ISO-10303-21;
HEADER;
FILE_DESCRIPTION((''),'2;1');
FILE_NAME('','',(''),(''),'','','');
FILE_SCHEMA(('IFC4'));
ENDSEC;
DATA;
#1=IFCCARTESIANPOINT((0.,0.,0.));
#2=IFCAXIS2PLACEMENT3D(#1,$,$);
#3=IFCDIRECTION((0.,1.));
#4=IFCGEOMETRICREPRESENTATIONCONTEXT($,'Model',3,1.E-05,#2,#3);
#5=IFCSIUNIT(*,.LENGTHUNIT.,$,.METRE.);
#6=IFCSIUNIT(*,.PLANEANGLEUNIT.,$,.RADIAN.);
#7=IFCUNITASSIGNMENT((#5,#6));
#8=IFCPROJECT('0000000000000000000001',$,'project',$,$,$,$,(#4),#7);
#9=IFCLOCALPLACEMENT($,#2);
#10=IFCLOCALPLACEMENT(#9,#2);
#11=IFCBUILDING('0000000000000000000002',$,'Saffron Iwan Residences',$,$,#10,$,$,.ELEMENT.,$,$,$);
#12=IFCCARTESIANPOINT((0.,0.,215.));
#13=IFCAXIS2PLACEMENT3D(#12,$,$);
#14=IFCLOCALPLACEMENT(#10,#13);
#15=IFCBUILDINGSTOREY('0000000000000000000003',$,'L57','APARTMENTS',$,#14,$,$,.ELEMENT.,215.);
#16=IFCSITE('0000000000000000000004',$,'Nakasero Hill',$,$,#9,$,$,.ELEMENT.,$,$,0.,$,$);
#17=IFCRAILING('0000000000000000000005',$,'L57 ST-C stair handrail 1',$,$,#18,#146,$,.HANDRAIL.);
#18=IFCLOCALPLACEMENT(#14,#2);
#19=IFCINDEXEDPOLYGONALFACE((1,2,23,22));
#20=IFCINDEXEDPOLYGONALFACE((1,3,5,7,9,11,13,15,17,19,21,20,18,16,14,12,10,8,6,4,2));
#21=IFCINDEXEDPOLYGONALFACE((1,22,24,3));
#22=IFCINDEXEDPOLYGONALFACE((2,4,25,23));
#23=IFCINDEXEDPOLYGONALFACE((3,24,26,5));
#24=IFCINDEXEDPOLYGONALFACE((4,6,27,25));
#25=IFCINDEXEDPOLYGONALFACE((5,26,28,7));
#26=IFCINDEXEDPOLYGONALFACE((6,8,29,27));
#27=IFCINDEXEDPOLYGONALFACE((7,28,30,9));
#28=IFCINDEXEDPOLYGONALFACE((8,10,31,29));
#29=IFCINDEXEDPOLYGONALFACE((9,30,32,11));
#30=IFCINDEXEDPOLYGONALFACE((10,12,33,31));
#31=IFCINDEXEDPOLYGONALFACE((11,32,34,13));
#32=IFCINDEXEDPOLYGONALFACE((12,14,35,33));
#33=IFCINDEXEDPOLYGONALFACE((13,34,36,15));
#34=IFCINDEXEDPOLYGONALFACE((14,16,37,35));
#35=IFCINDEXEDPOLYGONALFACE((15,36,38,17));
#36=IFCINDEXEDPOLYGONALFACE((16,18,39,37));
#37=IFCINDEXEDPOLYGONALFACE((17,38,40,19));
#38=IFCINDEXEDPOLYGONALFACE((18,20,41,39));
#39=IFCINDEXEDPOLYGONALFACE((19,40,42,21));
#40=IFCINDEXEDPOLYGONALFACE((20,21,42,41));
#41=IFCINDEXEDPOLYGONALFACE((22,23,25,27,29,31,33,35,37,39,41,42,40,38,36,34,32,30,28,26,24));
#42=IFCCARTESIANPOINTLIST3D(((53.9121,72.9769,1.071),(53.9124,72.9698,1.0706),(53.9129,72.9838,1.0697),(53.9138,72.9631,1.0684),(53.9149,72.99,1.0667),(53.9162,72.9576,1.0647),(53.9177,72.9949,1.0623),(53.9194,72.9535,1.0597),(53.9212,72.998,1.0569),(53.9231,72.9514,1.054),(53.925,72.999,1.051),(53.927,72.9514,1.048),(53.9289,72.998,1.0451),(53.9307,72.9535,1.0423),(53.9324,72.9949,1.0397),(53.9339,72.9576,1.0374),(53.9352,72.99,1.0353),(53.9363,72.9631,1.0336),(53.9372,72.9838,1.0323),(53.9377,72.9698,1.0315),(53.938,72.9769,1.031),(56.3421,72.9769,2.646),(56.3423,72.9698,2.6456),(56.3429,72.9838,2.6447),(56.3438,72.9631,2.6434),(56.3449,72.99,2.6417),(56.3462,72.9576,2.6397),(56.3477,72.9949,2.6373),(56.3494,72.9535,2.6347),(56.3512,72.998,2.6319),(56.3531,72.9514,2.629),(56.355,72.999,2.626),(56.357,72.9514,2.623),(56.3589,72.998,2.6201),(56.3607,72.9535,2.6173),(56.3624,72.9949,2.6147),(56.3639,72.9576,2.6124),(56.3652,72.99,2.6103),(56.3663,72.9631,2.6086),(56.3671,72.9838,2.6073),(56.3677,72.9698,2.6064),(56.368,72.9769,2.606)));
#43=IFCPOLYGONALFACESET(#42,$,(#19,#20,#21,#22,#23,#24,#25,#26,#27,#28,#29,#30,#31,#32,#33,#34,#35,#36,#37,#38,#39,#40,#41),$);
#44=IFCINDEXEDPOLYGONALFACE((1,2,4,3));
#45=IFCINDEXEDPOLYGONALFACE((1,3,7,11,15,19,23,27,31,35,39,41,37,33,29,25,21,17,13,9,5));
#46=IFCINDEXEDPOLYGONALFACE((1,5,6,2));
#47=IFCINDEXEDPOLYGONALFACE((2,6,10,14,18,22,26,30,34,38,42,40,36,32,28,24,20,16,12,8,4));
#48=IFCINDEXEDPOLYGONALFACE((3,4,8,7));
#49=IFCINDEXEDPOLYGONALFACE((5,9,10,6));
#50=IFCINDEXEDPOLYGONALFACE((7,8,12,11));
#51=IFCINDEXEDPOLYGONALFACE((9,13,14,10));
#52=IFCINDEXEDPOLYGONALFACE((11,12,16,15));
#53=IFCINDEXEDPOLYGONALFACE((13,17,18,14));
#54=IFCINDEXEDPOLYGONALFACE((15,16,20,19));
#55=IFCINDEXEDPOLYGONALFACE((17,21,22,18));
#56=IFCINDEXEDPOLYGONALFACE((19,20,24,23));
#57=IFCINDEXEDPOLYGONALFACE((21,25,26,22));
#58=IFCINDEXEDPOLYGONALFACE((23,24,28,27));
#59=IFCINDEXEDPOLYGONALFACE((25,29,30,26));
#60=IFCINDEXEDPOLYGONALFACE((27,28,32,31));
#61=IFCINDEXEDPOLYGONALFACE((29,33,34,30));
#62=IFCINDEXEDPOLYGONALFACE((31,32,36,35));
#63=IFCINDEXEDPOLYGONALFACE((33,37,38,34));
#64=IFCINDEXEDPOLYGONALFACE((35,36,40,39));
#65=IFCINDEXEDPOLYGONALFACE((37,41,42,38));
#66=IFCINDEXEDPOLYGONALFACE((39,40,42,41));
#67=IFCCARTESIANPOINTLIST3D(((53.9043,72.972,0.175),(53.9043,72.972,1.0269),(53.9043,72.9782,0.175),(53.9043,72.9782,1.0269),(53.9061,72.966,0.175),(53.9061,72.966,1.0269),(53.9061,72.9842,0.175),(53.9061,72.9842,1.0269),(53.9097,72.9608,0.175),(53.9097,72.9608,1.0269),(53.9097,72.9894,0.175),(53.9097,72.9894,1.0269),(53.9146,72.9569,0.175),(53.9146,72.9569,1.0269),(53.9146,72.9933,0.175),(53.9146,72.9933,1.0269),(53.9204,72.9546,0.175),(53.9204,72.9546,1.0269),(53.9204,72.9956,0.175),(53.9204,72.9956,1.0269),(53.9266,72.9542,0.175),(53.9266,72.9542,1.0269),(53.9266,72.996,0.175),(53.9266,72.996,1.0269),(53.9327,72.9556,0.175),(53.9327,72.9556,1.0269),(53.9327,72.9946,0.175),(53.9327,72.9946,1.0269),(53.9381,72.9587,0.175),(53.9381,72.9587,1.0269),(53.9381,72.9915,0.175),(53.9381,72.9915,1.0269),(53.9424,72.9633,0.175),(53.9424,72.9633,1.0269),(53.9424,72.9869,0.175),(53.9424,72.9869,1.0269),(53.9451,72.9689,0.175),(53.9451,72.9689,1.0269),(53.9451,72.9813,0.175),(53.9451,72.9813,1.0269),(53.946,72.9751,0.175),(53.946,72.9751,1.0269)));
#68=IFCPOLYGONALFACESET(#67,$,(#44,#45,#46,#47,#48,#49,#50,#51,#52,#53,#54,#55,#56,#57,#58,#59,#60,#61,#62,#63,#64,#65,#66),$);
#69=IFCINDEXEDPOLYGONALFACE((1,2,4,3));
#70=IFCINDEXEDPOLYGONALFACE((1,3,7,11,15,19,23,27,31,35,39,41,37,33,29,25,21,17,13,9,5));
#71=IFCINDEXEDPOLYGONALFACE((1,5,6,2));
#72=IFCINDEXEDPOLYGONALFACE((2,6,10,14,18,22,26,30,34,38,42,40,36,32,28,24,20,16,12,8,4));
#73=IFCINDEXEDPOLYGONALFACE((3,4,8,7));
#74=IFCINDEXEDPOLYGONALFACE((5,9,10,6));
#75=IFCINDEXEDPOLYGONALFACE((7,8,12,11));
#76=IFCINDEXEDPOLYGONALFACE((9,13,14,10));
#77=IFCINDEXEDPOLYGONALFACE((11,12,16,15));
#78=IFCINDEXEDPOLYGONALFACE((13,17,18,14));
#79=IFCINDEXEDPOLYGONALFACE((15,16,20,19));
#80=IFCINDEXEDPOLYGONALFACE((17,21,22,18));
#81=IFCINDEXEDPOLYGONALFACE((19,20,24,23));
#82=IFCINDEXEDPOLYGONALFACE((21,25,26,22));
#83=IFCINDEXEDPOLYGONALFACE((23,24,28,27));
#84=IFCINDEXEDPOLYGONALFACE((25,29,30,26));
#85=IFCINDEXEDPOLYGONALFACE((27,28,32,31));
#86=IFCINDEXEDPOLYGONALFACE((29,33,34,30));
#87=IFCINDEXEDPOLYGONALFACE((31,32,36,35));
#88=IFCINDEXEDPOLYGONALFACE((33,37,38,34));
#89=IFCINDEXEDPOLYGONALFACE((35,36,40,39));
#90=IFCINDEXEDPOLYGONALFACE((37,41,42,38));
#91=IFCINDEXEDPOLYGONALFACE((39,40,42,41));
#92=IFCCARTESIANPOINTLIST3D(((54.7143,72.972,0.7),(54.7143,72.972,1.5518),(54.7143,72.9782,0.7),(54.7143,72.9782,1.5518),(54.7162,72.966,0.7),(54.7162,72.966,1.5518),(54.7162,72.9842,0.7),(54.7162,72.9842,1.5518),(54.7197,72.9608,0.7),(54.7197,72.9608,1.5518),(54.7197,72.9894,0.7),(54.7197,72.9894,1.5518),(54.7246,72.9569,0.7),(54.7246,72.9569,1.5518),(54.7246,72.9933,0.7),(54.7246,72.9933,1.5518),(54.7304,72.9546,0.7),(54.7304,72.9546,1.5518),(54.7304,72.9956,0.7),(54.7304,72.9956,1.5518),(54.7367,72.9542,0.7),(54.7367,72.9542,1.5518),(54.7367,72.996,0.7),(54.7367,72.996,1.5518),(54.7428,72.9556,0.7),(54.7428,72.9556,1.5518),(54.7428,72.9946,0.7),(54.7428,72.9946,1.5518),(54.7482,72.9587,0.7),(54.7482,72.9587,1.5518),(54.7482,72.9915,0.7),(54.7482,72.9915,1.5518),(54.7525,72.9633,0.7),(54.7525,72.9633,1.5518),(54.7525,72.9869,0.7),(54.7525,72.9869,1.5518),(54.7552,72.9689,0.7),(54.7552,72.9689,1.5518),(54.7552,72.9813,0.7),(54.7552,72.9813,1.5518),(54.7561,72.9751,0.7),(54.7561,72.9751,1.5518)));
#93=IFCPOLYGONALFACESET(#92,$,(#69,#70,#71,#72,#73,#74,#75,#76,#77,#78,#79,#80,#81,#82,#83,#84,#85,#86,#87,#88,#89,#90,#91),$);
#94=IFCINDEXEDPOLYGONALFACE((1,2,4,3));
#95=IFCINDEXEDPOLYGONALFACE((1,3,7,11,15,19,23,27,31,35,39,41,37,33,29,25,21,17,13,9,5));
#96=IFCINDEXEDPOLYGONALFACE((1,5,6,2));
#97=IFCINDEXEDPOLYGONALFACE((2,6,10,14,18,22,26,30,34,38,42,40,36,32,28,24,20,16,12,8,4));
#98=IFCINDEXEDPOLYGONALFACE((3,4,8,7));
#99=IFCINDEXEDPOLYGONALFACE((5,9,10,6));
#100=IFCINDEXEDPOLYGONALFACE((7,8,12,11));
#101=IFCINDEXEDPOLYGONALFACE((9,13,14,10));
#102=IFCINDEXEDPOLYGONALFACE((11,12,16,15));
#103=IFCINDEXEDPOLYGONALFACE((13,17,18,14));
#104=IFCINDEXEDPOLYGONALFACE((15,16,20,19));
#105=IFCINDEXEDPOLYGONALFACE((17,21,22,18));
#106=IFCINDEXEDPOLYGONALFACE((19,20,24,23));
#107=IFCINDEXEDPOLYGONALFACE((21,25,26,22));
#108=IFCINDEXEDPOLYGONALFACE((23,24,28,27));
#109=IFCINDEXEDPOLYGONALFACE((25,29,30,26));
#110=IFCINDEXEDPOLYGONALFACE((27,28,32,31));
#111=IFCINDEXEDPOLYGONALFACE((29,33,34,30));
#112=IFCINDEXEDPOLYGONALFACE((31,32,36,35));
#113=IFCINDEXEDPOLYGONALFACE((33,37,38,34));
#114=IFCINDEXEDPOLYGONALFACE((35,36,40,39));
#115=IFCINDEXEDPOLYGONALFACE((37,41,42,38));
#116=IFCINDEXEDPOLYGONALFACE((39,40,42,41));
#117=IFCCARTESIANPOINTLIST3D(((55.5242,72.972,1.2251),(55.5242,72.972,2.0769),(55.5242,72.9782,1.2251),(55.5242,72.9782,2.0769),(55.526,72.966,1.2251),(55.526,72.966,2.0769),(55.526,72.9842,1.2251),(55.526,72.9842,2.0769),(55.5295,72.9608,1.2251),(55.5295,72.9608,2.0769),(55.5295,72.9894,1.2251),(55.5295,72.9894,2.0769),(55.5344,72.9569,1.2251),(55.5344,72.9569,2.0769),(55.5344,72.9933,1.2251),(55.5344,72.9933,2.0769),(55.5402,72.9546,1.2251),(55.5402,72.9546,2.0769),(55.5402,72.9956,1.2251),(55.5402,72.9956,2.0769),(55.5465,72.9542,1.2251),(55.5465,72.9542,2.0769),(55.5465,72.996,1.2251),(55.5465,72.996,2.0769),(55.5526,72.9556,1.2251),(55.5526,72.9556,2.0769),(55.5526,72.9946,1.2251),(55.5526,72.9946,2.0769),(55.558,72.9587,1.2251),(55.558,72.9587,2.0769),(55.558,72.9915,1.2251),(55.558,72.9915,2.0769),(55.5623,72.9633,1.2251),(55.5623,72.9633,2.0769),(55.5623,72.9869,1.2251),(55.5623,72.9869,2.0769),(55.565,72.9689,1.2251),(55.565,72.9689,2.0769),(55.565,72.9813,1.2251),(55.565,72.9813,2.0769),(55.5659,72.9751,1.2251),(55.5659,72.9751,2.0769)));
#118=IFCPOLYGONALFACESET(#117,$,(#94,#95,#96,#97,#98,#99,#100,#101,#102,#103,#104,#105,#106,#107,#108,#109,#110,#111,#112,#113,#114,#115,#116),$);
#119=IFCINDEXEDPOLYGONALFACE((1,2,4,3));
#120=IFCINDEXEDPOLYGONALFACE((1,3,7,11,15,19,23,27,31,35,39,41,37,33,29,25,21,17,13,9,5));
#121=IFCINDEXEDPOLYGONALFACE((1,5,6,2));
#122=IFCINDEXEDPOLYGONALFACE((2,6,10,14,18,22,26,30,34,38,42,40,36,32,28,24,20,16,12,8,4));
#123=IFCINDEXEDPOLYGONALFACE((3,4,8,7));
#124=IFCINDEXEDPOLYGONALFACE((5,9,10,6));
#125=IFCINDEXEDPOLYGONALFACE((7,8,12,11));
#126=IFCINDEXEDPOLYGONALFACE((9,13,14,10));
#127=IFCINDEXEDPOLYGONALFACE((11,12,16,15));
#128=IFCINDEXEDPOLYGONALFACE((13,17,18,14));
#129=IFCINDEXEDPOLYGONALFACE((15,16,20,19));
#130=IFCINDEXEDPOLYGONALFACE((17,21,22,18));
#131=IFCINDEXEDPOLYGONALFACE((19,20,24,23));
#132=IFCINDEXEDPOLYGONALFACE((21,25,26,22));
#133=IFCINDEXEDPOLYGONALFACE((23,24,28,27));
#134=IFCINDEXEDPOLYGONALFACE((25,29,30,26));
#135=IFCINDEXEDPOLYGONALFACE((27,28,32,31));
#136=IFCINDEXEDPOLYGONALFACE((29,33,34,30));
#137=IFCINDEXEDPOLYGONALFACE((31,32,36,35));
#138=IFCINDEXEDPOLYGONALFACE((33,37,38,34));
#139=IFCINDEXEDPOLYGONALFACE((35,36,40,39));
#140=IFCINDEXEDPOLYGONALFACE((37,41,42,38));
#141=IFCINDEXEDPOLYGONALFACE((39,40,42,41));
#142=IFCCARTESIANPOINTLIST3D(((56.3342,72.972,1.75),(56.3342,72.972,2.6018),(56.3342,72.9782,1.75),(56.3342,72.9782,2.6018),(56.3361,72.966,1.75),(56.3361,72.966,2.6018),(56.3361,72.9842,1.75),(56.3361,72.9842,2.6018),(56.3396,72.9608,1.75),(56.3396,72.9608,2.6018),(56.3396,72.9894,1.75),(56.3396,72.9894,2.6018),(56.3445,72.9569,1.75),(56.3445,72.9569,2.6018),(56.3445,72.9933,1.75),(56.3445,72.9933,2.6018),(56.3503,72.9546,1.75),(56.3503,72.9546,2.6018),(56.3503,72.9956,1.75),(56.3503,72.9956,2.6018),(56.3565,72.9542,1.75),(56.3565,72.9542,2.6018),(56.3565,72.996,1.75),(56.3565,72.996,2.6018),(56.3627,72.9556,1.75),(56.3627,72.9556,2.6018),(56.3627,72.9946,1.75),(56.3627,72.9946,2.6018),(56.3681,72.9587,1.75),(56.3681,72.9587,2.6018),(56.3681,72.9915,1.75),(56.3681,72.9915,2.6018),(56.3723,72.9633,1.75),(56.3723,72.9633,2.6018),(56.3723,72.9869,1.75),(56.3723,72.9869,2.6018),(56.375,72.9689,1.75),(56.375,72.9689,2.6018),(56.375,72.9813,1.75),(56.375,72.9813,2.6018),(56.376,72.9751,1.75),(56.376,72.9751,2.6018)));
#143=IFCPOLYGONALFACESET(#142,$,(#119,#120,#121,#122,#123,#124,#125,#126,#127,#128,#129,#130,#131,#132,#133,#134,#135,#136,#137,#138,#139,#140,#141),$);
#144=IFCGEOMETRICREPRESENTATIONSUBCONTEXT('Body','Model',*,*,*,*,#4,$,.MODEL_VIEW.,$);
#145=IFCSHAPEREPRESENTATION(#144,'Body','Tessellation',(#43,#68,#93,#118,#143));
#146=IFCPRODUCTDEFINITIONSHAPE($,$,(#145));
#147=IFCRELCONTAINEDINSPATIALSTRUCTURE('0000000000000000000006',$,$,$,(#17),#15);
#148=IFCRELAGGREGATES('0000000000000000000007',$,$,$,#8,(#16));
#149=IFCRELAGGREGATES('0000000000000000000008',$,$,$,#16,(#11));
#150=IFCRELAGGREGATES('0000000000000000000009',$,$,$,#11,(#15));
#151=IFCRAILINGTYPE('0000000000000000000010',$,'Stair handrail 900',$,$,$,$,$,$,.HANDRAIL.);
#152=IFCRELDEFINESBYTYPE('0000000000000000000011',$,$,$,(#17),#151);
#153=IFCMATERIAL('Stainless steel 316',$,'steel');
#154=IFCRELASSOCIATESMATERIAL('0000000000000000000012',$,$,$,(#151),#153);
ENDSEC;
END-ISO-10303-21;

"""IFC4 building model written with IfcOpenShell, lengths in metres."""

from ifc_helpers import new_model, si_unit, direction, frame, origin, origin_2d, place, context, subcontext, project, spatial, circle, extrude, material, type_object, element, save


model = new_model("IFC4")

# Units and contexts
model_context = context("Model", 3, precision=1e-05, world=origin(), true_north=direction((0.0, 1.0)))
body_context = subcontext(model_context, "Body", "Model", "MODEL_VIEW")
ifc_project = project(units=[si_unit("LENGTHUNIT", "METRE"), si_unit("PLANEANGLEUNIT", "RADIAN")], contexts=[model_context])

# Site, building, storey
site_placement = place(None, origin())
site = spatial("IfcSite", under=ifc_project, at=site_placement, Name="Nakasero Hill", CompositionType="ELEMENT", RefElevation=0.0)
building_placement = place(site_placement, origin())
building = spatial("IfcBuilding", under=site, at=building_placement, Name="Saffron Iwan Residences", CompositionType="ELEMENT")
storey_placement = place(building_placement, frame((0.0, 0.0, 215.0)))
storey = spatial("IfcBuildingStorey", under=building, at=storey_placement, Name="L57", Description="APARTMENTS", CompositionType="ELEMENT", Elevation=215.0)

# Railing
ifc_material_1 = material(Name="Stainless steel 316", Category="steel")
railing_type_1 = type_object("IfcRailingType", Name="Stair handrail 900", PredefinedType="HANDRAIL", material=ifc_material_1)
railing_1_placement = place(storey_placement, frame((53.925, 72.9751, 0.175)))
element("IfcRailing", 1, at=railing_1_placement, inside=storey, type_object=railing_type_1, Name="L57 ST-C stair handrail 1", PredefinedType="HANDRAIL", context=body_context, shape_type="SweptSolid", body=[
    extrude(circle(Radius=0.0239, at=origin_2d()), frame((0.0, 0.0, 0.876), z_axis=(0.839154, 0.0, 0.543894), x_axis=(0.0, 1.0, 0.0)), (0.0, 0.0, 1.0), 2.8958),
    extrude(circle(Radius=0.021, at=origin_2d()), origin(), (0.0, 0.0, 1.0), 0.8518),
    extrude(circle(Radius=0.021, at=origin_2d()), frame((0.8101, 0.0, 0.5249)), (0.0, 0.0, 1.0), 0.8518),
    extrude(circle(Radius=0.021, at=origin_2d()), frame((1.6199, 0.0, 1.05)), (0.0, 0.0, 1.0), 0.8518),
    extrude(circle(Radius=0.021, at=origin_2d()), frame((2.4299, 0.0, 1.575)), (0.0, 0.0, 1.0), 0.8518),
])

save(model, "model.ifc")
